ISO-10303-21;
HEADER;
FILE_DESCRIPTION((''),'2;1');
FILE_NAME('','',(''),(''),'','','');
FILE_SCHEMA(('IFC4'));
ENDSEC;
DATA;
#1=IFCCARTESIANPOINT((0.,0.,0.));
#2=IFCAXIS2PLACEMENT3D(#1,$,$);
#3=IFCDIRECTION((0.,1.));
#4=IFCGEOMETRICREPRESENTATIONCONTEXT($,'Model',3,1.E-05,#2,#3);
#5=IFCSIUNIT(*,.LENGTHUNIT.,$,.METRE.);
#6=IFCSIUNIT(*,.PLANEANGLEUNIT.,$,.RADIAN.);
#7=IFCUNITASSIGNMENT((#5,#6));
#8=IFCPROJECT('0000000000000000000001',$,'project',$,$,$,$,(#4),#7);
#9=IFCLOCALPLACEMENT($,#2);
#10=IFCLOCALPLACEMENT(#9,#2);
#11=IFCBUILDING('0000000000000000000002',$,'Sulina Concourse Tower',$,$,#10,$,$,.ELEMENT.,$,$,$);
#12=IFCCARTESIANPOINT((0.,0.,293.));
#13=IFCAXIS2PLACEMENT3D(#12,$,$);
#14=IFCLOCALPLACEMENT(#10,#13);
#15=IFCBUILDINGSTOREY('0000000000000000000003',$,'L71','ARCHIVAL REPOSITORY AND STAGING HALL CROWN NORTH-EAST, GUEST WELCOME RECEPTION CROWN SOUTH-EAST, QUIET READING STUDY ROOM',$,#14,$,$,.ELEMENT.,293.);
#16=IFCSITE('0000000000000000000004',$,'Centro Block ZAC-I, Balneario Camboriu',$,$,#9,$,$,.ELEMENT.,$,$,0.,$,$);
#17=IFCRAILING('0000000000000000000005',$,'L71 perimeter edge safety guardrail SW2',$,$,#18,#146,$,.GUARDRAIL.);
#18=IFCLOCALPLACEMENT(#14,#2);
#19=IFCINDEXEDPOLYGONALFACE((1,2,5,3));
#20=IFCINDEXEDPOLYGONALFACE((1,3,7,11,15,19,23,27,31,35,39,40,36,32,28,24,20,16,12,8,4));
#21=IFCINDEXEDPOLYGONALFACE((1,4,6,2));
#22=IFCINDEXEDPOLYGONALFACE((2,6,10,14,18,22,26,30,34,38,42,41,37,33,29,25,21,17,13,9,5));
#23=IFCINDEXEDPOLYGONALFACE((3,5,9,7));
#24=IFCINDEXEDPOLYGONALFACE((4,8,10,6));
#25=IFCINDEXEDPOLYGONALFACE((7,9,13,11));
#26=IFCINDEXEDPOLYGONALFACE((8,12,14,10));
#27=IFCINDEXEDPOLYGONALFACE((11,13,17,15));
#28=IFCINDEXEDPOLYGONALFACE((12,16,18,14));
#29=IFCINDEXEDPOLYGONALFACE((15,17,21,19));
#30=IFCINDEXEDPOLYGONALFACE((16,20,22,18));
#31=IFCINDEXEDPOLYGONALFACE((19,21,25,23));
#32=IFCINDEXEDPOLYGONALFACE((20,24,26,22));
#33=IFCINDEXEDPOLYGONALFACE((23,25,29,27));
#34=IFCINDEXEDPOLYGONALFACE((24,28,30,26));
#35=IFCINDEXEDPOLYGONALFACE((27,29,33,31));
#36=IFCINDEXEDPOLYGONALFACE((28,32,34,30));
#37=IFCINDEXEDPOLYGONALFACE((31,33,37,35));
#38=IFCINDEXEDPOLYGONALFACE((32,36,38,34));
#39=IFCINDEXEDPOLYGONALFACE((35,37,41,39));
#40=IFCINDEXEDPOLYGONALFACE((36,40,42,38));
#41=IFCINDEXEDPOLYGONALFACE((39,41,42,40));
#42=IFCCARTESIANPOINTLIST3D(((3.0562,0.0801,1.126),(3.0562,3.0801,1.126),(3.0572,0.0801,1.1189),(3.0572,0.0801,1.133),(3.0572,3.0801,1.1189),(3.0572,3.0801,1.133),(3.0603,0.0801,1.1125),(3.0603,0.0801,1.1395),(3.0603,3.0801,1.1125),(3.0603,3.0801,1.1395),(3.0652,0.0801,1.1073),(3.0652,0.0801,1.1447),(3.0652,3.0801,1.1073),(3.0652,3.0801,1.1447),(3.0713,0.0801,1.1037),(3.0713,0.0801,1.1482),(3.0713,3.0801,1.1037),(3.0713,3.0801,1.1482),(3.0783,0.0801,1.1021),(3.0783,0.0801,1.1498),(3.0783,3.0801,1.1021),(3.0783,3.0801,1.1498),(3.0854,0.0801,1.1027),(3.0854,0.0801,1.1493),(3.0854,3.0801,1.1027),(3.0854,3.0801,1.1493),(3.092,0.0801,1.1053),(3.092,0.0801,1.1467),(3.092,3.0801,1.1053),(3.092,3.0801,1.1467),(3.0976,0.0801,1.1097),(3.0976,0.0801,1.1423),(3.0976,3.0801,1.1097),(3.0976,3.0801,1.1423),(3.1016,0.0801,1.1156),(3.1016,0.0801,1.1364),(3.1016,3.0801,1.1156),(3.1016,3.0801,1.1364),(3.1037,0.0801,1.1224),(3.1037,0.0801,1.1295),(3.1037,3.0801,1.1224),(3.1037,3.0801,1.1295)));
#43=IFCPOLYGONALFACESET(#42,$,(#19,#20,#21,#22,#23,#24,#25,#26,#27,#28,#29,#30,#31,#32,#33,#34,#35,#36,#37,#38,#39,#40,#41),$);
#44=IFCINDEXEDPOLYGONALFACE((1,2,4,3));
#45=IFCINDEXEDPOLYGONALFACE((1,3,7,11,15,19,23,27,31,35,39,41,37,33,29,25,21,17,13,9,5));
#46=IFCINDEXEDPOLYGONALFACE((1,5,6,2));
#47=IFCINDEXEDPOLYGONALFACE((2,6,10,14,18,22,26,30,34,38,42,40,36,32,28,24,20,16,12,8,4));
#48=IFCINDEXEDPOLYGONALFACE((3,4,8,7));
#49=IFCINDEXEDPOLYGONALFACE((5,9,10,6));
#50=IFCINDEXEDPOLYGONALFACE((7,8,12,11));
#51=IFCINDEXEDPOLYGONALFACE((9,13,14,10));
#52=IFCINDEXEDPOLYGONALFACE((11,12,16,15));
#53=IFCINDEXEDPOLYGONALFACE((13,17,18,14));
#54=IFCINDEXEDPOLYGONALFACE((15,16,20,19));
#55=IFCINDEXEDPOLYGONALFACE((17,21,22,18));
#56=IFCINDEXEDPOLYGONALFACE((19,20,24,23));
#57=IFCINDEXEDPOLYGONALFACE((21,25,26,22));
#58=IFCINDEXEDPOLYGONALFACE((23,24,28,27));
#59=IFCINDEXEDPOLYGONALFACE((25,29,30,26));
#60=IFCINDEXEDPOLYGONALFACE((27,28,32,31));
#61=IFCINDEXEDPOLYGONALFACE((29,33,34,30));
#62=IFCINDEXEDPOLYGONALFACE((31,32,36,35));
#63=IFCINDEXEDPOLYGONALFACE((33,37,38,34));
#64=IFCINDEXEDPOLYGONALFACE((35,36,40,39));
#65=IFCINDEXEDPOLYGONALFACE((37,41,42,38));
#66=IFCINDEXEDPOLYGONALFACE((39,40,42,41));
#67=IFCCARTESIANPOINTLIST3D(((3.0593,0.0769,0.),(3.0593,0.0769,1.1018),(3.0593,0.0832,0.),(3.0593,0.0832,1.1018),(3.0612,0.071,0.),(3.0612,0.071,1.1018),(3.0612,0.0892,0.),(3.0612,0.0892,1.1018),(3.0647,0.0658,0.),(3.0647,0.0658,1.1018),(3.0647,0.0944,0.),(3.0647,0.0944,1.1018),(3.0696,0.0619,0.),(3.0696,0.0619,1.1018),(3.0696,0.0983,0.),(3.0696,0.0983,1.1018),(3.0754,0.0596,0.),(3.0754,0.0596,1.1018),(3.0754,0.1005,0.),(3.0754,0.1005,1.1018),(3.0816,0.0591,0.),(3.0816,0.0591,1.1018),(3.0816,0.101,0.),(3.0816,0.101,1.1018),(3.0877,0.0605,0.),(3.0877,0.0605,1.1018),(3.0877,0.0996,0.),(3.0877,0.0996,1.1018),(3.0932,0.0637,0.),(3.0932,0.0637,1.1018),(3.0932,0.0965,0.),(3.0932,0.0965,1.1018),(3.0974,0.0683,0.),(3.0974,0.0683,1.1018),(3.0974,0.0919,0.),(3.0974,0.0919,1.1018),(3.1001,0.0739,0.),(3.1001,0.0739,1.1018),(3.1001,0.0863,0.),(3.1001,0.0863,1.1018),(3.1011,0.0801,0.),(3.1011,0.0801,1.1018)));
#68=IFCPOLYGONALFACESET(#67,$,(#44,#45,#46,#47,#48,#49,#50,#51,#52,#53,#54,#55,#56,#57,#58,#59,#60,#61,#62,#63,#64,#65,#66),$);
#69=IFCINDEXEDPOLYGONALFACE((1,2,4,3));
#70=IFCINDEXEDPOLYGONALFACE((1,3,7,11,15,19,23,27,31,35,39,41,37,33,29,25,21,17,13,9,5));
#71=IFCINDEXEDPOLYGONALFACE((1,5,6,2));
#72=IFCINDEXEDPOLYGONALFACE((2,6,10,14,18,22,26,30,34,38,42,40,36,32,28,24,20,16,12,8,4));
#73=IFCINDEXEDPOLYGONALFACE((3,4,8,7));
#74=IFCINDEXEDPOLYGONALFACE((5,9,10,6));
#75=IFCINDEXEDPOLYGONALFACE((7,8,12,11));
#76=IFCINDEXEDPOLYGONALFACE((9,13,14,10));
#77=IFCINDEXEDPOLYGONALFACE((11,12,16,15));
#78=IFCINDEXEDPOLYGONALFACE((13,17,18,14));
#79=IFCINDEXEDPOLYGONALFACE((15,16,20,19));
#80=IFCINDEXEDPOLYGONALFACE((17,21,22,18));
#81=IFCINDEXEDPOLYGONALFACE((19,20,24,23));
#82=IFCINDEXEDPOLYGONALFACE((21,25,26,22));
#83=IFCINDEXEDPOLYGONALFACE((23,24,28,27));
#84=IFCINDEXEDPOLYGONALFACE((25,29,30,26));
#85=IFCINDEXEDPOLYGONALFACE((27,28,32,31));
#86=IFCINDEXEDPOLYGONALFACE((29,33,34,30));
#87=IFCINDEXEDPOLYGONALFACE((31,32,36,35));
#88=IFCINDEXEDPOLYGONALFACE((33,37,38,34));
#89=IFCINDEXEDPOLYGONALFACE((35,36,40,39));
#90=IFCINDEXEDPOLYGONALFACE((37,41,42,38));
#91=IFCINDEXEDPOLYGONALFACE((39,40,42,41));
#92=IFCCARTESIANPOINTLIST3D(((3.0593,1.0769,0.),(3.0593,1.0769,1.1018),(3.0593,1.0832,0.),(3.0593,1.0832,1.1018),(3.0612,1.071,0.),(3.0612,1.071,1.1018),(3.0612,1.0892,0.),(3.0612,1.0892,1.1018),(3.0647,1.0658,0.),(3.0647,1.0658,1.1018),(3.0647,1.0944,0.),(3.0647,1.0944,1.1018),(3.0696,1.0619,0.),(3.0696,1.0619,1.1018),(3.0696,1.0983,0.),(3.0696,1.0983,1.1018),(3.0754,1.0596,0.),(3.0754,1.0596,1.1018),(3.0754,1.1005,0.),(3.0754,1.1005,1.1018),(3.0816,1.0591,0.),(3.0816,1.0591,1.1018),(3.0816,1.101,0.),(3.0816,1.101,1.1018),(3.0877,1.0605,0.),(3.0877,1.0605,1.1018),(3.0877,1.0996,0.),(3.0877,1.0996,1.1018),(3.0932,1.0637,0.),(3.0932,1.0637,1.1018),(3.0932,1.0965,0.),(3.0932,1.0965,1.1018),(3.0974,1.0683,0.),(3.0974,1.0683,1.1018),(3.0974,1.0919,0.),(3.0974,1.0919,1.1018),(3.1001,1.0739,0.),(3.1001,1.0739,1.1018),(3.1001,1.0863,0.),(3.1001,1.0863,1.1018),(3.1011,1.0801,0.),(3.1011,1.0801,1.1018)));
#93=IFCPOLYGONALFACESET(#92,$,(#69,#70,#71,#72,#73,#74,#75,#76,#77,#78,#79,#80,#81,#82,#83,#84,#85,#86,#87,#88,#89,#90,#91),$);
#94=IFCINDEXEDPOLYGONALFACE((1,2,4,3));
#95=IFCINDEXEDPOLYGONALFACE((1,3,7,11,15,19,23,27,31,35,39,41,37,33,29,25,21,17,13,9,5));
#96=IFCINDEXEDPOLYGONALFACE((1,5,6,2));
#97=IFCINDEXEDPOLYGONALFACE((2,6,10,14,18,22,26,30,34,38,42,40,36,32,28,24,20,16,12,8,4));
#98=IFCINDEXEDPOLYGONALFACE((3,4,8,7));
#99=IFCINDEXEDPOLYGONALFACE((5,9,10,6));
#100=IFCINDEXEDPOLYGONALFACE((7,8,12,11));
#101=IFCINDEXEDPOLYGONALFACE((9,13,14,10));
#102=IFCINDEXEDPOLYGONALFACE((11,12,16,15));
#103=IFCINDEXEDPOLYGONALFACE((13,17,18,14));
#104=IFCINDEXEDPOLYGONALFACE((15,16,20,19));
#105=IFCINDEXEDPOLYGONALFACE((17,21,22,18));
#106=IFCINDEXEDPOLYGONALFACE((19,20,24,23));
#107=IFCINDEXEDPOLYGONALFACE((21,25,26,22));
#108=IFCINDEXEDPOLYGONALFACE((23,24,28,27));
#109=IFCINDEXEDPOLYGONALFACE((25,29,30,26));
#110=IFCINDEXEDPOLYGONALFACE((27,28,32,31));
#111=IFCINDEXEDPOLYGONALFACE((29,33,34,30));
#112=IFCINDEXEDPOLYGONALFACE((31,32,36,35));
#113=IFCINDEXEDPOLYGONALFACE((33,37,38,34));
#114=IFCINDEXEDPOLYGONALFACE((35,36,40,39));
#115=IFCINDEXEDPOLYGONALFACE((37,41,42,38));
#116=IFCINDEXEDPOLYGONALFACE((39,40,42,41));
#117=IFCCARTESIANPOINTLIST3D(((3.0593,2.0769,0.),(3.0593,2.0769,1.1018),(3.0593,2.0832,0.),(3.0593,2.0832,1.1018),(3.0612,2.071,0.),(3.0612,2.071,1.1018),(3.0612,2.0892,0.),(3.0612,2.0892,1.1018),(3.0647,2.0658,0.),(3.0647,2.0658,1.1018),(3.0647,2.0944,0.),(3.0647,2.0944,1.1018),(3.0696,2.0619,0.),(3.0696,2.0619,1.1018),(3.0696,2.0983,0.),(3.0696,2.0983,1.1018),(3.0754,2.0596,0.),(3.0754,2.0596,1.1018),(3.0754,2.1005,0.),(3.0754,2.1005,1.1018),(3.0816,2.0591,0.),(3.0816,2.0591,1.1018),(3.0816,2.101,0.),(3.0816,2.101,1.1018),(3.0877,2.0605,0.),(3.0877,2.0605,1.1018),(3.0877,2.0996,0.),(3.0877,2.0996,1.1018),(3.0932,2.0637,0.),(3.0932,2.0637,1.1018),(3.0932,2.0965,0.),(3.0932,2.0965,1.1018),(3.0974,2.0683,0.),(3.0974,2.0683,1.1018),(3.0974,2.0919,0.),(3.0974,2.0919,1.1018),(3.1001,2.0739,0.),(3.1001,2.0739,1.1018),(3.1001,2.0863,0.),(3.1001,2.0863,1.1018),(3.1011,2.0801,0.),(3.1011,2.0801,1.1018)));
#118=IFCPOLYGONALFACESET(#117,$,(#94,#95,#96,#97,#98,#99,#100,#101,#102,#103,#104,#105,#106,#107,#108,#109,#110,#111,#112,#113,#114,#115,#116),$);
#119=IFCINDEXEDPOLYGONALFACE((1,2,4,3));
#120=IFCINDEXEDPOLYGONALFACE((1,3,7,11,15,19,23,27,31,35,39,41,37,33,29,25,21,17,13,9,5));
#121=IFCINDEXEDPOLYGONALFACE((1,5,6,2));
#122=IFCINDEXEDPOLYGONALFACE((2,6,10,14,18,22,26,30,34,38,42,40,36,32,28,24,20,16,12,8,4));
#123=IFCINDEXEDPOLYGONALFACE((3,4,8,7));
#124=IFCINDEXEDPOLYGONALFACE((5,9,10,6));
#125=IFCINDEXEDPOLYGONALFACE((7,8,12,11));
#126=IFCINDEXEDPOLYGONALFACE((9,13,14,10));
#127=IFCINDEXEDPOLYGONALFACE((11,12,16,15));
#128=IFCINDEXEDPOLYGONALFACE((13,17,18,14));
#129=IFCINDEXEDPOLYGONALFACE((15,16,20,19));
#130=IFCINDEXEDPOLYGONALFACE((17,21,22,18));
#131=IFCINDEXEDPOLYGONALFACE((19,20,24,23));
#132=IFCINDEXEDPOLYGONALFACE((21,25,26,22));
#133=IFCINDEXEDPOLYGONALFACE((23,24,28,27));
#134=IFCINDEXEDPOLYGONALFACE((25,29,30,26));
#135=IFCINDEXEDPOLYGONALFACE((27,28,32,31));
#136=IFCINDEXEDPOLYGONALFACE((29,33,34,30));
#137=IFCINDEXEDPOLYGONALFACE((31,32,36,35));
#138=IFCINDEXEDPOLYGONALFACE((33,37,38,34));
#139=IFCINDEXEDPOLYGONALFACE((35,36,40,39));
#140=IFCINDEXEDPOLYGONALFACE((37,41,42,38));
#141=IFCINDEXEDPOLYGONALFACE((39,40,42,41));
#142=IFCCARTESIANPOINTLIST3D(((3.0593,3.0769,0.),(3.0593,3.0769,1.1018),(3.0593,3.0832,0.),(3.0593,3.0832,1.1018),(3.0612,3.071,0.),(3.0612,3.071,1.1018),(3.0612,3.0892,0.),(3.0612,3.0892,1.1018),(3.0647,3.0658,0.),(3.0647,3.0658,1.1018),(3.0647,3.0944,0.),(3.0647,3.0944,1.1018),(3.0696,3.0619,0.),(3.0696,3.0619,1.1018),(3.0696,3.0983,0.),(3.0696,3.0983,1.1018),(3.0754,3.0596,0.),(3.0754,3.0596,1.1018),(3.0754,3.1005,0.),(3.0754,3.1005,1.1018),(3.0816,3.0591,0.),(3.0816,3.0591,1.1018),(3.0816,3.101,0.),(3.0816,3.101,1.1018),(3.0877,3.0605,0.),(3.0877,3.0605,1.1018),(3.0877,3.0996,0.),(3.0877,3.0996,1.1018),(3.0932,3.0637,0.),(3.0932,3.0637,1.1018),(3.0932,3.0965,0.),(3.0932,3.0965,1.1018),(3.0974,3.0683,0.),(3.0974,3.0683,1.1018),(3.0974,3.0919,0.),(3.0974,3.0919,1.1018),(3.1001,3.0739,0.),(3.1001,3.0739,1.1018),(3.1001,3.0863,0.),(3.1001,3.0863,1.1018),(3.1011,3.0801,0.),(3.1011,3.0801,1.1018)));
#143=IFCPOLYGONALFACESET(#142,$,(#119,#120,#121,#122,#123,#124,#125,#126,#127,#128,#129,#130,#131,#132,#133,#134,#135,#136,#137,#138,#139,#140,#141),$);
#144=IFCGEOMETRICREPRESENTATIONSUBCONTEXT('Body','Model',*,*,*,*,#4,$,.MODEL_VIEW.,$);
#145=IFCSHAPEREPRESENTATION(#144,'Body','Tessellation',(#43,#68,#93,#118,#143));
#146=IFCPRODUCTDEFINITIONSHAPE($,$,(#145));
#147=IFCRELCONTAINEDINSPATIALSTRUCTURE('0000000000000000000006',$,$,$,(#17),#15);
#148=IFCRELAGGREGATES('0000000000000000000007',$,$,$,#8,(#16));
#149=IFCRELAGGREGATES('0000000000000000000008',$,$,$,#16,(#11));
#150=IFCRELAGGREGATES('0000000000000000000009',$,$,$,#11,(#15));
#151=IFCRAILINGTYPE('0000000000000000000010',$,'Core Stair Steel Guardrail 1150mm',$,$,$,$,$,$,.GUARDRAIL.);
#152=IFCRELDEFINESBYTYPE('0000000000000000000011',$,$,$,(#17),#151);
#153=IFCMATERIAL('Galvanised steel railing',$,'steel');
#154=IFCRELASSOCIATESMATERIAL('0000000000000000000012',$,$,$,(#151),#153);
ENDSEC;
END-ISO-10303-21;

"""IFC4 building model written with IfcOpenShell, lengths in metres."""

from ifc_helpers import new_model, si_unit, direction, frame, origin, origin_2d, place, context, subcontext, project, spatial, circle, extrude, material, type_object, element, save


model = new_model("IFC4")

# Units and contexts
model_context = context("Model", 3, precision=1e-05, world=origin(), true_north=direction((0.0, 1.0)))
body_context = subcontext(model_context, "Body", "Model", "MODEL_VIEW")
ifc_project = project(units=[si_unit("LENGTHUNIT", "METRE"), si_unit("PLANEANGLEUNIT", "RADIAN")], contexts=[model_context])

# Site, building, storey
site_placement = place(None, origin())
site = spatial("IfcSite", under=ifc_project, at=site_placement, Name="Centro Block ZAC-I, Balneario Camboriu", CompositionType="ELEMENT", RefElevation=0.0)
building_placement = place(site_placement, origin())
building = spatial("IfcBuilding", under=site, at=building_placement, Name="Sulina Concourse Tower", CompositionType="ELEMENT")
storey_placement = place(building_placement, frame((0.0, 0.0, 293.0)))
storey = spatial("IfcBuildingStorey", under=building, at=storey_placement, Name="L71", Description="ARCHIVAL REPOSITORY AND STAGING HALL CROWN NORTH-EAST, GUEST WELCOME RECEPTION CROWN SOUTH-EAST, QUIET READING STUDY ROOM", CompositionType="ELEMENT", Elevation=293.0)

# Railing
ifc_material_1 = material(Name="Galvanised steel railing", Category="steel")
railing_type = type_object("IfcRailingType", Name="Core Stair Steel Guardrail 1150mm", PredefinedType="GUARDRAIL", material=ifc_material_1)
railing_1_placement = place(storey_placement, frame((3.0801, 0.0801, 0.0)))
element("IfcRailing", 1, at=railing_1_placement, inside=storey, type_object=railing_type, Name="L71 perimeter edge safety guardrail SW2", PredefinedType="GUARDRAIL", context=body_context, shape_type="SweptSolid", body=[
    extrude(circle(Radius=0.0239, at=origin_2d()), frame((0.0, 0.0, 1.126), z_axis=(0.0, 1.0, 0.0), x_axis=(-1.0, 0.0, 0.0)), (0.0, 0.0, 1.0), 3.0),
    extrude(circle(Radius=0.021, at=origin_2d()), origin(), (0.0, 0.0, 1.0), 1.1018),
    extrude(circle(Radius=0.021, at=origin_2d()), frame((0.0, 1.0, 0.0)), (0.0, 0.0, 1.0), 1.1018),
    extrude(circle(Radius=0.021, at=origin_2d()), frame((0.0, 2.0, 0.0)), (0.0, 0.0, 1.0), 1.1018),
    extrude(circle(Radius=0.021, at=origin_2d()), frame((0.0, 3.0, 0.0)), (0.0, 0.0, 1.0), 1.1018),
])

save(model, "model.ifc")
